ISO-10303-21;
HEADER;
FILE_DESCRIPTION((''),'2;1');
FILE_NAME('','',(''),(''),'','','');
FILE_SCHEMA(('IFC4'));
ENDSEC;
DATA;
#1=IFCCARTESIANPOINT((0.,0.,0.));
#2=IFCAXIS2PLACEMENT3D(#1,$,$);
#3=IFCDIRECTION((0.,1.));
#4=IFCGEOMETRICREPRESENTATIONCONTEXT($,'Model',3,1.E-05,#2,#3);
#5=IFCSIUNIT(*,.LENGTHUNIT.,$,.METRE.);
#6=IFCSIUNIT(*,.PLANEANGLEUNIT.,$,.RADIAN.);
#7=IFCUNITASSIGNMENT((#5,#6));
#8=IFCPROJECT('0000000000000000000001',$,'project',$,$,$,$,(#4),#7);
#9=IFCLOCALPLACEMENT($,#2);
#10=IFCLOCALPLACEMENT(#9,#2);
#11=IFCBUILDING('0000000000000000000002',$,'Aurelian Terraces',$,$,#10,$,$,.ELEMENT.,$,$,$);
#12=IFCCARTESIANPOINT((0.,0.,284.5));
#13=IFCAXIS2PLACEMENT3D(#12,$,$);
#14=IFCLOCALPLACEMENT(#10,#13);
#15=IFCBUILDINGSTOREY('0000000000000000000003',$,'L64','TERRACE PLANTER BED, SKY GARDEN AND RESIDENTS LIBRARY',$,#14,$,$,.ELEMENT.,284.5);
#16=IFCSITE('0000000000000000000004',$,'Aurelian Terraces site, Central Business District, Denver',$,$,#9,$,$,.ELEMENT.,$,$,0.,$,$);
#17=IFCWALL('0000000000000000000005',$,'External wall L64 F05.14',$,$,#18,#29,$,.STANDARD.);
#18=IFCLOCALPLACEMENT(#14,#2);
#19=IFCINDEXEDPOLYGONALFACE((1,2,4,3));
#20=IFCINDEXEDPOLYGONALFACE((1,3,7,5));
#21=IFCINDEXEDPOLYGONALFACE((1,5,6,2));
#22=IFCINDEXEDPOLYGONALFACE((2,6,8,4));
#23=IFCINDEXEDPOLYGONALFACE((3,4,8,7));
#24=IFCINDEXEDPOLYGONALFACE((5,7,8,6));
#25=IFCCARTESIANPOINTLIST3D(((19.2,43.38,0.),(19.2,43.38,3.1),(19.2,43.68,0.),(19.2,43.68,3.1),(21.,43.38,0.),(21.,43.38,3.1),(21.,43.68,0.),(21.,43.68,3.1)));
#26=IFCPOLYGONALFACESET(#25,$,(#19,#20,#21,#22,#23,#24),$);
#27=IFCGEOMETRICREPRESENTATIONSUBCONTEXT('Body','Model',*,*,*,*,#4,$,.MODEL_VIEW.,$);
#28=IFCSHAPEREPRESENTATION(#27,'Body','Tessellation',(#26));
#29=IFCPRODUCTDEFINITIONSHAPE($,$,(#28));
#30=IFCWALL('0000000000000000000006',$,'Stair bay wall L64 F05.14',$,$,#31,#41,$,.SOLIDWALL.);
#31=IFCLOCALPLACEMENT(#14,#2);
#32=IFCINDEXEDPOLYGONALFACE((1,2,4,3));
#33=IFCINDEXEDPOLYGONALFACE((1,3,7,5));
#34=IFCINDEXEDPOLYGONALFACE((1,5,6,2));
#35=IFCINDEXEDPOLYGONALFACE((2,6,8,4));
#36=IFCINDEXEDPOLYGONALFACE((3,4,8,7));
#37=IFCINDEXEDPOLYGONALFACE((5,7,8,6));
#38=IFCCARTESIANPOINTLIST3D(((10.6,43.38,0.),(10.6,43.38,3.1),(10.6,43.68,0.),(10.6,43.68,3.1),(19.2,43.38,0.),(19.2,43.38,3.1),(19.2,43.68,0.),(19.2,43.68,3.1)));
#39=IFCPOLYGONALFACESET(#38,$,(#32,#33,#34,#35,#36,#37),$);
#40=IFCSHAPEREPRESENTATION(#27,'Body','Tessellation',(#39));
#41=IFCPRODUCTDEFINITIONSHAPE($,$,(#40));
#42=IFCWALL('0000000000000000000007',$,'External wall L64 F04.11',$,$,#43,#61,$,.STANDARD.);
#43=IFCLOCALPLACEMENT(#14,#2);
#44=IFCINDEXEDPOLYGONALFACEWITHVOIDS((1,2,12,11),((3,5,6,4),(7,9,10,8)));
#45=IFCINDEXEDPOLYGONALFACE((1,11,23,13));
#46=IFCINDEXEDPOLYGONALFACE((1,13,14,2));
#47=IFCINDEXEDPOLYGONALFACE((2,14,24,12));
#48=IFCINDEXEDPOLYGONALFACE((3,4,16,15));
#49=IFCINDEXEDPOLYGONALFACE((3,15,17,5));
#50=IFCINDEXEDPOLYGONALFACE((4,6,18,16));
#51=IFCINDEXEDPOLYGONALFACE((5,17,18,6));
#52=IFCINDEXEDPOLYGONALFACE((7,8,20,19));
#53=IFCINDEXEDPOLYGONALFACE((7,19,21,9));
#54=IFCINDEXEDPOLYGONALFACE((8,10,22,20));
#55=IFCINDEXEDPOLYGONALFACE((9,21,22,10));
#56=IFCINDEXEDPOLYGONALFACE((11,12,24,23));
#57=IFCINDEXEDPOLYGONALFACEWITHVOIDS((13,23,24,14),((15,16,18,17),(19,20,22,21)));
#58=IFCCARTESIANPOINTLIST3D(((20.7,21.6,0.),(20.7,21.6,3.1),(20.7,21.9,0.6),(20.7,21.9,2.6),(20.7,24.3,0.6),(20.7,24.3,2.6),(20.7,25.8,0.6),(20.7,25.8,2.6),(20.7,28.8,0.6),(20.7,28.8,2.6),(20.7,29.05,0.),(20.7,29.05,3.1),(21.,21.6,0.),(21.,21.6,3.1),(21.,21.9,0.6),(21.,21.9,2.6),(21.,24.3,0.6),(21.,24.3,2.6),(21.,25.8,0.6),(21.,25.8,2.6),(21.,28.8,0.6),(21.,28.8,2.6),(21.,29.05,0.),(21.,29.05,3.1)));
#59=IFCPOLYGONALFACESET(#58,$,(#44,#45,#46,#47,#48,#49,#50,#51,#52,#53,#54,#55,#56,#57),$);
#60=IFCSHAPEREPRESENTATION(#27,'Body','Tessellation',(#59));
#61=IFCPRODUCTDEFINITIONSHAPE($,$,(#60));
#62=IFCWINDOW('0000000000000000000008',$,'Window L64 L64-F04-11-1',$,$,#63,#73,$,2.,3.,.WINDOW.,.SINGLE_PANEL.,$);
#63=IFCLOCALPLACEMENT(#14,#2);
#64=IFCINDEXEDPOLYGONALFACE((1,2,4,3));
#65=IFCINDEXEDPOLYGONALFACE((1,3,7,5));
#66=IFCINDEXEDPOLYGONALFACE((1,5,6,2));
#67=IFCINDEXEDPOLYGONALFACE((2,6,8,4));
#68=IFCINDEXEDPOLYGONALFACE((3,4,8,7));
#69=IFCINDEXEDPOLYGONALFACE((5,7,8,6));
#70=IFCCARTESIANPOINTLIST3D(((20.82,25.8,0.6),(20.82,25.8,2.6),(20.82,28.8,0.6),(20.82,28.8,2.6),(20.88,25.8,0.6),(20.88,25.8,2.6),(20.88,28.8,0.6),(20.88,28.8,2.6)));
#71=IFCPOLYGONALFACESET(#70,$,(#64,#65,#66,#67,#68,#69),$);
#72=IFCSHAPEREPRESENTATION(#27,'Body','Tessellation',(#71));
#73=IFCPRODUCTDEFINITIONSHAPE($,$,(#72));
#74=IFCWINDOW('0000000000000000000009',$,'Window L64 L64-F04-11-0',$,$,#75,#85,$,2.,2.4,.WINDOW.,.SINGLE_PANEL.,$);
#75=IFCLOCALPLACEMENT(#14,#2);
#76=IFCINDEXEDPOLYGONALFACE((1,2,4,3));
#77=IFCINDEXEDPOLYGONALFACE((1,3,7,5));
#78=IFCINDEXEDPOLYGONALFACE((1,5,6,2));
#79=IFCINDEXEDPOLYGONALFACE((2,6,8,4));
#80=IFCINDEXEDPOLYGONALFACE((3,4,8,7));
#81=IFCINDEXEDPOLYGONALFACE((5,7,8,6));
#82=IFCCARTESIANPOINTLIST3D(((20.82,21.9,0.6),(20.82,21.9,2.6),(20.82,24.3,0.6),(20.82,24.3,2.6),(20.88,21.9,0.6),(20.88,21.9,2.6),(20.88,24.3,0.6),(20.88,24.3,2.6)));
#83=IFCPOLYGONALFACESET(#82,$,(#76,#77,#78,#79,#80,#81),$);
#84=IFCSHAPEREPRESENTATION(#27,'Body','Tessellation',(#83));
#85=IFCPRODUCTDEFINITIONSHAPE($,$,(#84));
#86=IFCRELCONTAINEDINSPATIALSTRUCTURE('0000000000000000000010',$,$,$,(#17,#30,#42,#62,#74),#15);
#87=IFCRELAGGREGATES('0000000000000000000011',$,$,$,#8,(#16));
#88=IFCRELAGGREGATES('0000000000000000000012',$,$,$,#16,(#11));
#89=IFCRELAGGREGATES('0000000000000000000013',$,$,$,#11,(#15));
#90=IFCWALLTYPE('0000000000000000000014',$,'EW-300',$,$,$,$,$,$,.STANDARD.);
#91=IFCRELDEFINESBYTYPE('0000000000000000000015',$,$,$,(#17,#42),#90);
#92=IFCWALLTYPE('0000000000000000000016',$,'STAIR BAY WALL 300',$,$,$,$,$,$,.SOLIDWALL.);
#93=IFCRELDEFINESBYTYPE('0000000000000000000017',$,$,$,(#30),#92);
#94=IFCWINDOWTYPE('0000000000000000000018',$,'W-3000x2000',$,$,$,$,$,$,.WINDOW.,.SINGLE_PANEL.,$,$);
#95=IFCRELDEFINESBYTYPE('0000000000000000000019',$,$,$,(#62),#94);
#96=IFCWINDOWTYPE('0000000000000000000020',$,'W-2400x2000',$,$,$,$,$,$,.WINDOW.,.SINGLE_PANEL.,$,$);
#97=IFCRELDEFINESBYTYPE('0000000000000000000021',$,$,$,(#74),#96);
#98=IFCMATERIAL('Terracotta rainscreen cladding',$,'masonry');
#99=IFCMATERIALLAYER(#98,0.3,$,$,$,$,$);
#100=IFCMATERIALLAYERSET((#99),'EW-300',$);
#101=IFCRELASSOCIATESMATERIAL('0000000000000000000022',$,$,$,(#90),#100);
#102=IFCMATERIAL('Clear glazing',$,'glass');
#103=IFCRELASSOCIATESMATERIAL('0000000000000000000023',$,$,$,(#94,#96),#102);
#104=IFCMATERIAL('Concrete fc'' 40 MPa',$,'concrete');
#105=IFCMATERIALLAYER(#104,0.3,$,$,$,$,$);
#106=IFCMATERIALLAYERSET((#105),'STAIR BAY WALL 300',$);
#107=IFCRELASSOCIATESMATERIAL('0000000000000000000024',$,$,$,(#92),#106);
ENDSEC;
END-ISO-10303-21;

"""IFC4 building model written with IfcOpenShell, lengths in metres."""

from ifc_helpers import new_model, si_unit, direction, frame, frame_2d, origin, place, context, subcontext, project, spatial, rectangle, extrude, source, transform, mapped, material, layer, layer_set, type_object, element, fill, save


model = new_model("IFC4")

# Units and contexts
model_context = context("Model", 3, precision=1e-05, world=origin(), true_north=direction((0.0, 1.0)))
body_context = subcontext(model_context, "Body", "Model", "MODEL_VIEW")
ifc_project = project(units=[si_unit("LENGTHUNIT", "METRE"), si_unit("PLANEANGLEUNIT", "RADIAN")], contexts=[model_context])

# Site, building, storey
site_placement = place(None, origin())
site = spatial("IfcSite", under=ifc_project, at=site_placement, Name="Aurelian Terraces site, Central Business District, Denver", CompositionType="ELEMENT", RefElevation=0.0)
building_placement = place(site_placement, origin())
building = spatial("IfcBuilding", under=site, at=building_placement, Name="Aurelian Terraces", CompositionType="ELEMENT")
storey_placement = place(building_placement, frame((0.0, 0.0, 284.5)))
storey = spatial("IfcBuildingStorey", under=building, at=storey_placement, Name="L64", Description="TERRACE PLANTER BED, SKY GARDEN AND RESIDENTS LIBRARY", CompositionType="ELEMENT", Elevation=284.5)

# Shared definitions
ifc_material_1 = material(Name="Concrete fc' 40 MPa", Category="concrete")

# Shared definitions
ifc_material_2 = material(Name="Terracotta rainscreen cladding", Category="masonry")
ifc_layer_1 = layer(ifc_material_2, 0.3)
ifc_layer_set_1 = layer_set([ifc_layer_1], Name="EW-300")
wall_type_1 = type_object("IfcWallType", Name="EW-300", PredefinedType="STANDARD", material=ifc_layer_set_1)
shared_shape_1 = source(origin(), body_context, "Body", "SweptSolid", [
    extrude(rectangle(XDim=3.0, YDim=2.0, at=frame_2d((1.5, 1.0))), frame((0.0, 0.16, 0.0), z_axis=(0.0, -1.0, 0.0), x_axis=(1.0, 0.0, 0.0)), (0.0, 0.0, 1.0), 0.32),
])
ifc_material_3 = material(Name="Clear glazing", Category="glass")
window_type_1 = type_object("IfcWindowType", Name="W-3000x2000", PartitioningType="SINGLE_PANEL", PredefinedType="WINDOW", material=ifc_material_3)
shared_shape_2 = source(origin(), body_context, "Body", "SweptSolid", [
    extrude(rectangle(XDim=3.0, YDim=2.0, at=frame_2d((1.5, 1.0))), frame((0.0, 0.03, 0.0), z_axis=(0.0, -1.0, 0.0), x_axis=(1.0, 0.0, 0.0)), (0.0, 0.0, 1.0), 0.06),
])

# Walls
wall_1_placement = place(storey_placement, frame((21.0, 43.53, 0.0), z_axis=(0.0, 0.0, 1.0), x_axis=(-1.0, 0.0, 0.0)))
element("IfcWall", 1, at=wall_1_placement, inside=storey, type_object=wall_type_1, Name="External wall L64 F05.14", PredefinedType="STANDARD", context=body_context, shape_type="SweptSolid", body=[
    extrude(rectangle(XDim=1.8, YDim=0.3, at=frame_2d((0.9, 0.0))), origin(), (0.0, 0.0, 1.0), 3.1),
])
ifc_layer_2 = layer(ifc_material_1, 0.3)
ifc_layer_set_2 = layer_set([ifc_layer_2], Name="STAIR BAY WALL 300")
wall_type_2 = type_object("IfcWallType", Name="STAIR BAY WALL 300", PredefinedType="SOLIDWALL", material=ifc_layer_set_2)
wall_2_placement = place(storey_placement, frame((19.2, 43.53, 0.0), z_axis=(0.0, 0.0, 1.0), x_axis=(-1.0, 0.0, 0.0)))
element("IfcWall", 2, at=wall_2_placement, inside=storey, type_object=wall_type_2, Name="Stair bay wall L64 F05.14", PredefinedType="SOLIDWALL", context=body_context, shape_type="SweptSolid", body=[
    extrude(rectangle(XDim=8.6, YDim=0.3, at=frame_2d((4.3, 0.0))), origin(), (0.0, 0.0, 1.0), 3.1),
])

# Wall, openings, windows
shared_shape_3 = source(origin(), body_context, "Body", "SweptSolid", [
    extrude(rectangle(XDim=7.45, YDim=0.3, at=frame_2d((3.725, 0.0))), origin(), (0.0, 0.0, 1.0), 3.1),
])
wall_3_placement = place(storey_placement, frame((20.85, 21.6, 0.0), z_axis=(0.0, 0.0, 1.0), x_axis=(0.0, 1.0, 0.0)))
wall_3 = element("IfcWall", 3, at=wall_3_placement, inside=storey, type_object=wall_type_1, Name="External wall L64 F04.11", PredefinedType="STANDARD", context=body_context, shape_type="MappedRepresentation", body=[
    mapped(shared_shape_3, transform((0.0, 0.0, 0.0), scale=1.0)),
])
shared_shape_4 = source(origin(), body_context, "Body", "SweptSolid", [
    extrude(rectangle(XDim=2.4, YDim=2.0, at=frame_2d((1.2, 1.0))), frame((0.0, 0.16, 0.0), z_axis=(0.0, -1.0, 0.0), x_axis=(1.0, 0.0, 0.0)), (0.0, 0.0, 1.0), 0.32),
])
opening_1_placement = place(wall_3_placement, frame((0.3, 0.0, 0.6)))
opening_1 = element("IfcOpeningElement", 4, at=opening_1_placement, cuts=wall_3, PredefinedType="OPENING", context=body_context, shape_type="MappedRepresentation", body=[
    mapped(shared_shape_4, transform((0.0, 0.0, 0.0), scale=1.0)),
])
opening_2_placement = place(wall_3_placement, frame((4.2, 0.0, 0.6)))
opening_2 = element("IfcOpeningElement", 5, at=opening_2_placement, cuts=wall_3, PredefinedType="OPENING", context=body_context, shape_type="MappedRepresentation", body=[
    mapped(shared_shape_1, transform((0.0, 0.0, 0.0), scale=1.0)),
])
window_1_placement = place(opening_2_placement, origin())
window_1 = element("IfcWindow", 6, at=window_1_placement, inside=storey, type_object=window_type_1, Name="Window L64 L64-F04-11-1", OverallHeight=2.0, OverallWidth=3.0, PartitioningType="SINGLE_PANEL", PredefinedType="WINDOW", context=body_context, shape_type="MappedRepresentation", body=[
    mapped(shared_shape_2, transform((0.0, 0.0, 0.0), scale=1.0)),
])
fill(opening_2, window_1)
window_type_2 = type_object("IfcWindowType", Name="W-2400x2000", PartitioningType="SINGLE_PANEL", PredefinedType="WINDOW", material=ifc_material_3)
shared_shape_5 = source(origin(), body_context, "Body", "SweptSolid", [
    extrude(rectangle(XDim=2.4, YDim=2.0, at=frame_2d((1.2, 1.0))), frame((0.0, 0.03, 0.0), z_axis=(0.0, -1.0, 0.0), x_axis=(1.0, 0.0, 0.0)), (0.0, 0.0, 1.0), 0.06),
])
window_2_placement = place(opening_1_placement, origin())
window_2 = element("IfcWindow", 7, at=window_2_placement, inside=storey, type_object=window_type_2, Name="Window L64 L64-F04-11-0", OverallHeight=2.0, OverallWidth=2.4, PartitioningType="SINGLE_PANEL", PredefinedType="WINDOW", context=body_context, shape_type="MappedRepresentation", body=[
    mapped(shared_shape_5, transform((0.0, 0.0, 0.0), scale=1.0)),
])
fill(opening_1, window_2)

save(model, "model.ifc")
